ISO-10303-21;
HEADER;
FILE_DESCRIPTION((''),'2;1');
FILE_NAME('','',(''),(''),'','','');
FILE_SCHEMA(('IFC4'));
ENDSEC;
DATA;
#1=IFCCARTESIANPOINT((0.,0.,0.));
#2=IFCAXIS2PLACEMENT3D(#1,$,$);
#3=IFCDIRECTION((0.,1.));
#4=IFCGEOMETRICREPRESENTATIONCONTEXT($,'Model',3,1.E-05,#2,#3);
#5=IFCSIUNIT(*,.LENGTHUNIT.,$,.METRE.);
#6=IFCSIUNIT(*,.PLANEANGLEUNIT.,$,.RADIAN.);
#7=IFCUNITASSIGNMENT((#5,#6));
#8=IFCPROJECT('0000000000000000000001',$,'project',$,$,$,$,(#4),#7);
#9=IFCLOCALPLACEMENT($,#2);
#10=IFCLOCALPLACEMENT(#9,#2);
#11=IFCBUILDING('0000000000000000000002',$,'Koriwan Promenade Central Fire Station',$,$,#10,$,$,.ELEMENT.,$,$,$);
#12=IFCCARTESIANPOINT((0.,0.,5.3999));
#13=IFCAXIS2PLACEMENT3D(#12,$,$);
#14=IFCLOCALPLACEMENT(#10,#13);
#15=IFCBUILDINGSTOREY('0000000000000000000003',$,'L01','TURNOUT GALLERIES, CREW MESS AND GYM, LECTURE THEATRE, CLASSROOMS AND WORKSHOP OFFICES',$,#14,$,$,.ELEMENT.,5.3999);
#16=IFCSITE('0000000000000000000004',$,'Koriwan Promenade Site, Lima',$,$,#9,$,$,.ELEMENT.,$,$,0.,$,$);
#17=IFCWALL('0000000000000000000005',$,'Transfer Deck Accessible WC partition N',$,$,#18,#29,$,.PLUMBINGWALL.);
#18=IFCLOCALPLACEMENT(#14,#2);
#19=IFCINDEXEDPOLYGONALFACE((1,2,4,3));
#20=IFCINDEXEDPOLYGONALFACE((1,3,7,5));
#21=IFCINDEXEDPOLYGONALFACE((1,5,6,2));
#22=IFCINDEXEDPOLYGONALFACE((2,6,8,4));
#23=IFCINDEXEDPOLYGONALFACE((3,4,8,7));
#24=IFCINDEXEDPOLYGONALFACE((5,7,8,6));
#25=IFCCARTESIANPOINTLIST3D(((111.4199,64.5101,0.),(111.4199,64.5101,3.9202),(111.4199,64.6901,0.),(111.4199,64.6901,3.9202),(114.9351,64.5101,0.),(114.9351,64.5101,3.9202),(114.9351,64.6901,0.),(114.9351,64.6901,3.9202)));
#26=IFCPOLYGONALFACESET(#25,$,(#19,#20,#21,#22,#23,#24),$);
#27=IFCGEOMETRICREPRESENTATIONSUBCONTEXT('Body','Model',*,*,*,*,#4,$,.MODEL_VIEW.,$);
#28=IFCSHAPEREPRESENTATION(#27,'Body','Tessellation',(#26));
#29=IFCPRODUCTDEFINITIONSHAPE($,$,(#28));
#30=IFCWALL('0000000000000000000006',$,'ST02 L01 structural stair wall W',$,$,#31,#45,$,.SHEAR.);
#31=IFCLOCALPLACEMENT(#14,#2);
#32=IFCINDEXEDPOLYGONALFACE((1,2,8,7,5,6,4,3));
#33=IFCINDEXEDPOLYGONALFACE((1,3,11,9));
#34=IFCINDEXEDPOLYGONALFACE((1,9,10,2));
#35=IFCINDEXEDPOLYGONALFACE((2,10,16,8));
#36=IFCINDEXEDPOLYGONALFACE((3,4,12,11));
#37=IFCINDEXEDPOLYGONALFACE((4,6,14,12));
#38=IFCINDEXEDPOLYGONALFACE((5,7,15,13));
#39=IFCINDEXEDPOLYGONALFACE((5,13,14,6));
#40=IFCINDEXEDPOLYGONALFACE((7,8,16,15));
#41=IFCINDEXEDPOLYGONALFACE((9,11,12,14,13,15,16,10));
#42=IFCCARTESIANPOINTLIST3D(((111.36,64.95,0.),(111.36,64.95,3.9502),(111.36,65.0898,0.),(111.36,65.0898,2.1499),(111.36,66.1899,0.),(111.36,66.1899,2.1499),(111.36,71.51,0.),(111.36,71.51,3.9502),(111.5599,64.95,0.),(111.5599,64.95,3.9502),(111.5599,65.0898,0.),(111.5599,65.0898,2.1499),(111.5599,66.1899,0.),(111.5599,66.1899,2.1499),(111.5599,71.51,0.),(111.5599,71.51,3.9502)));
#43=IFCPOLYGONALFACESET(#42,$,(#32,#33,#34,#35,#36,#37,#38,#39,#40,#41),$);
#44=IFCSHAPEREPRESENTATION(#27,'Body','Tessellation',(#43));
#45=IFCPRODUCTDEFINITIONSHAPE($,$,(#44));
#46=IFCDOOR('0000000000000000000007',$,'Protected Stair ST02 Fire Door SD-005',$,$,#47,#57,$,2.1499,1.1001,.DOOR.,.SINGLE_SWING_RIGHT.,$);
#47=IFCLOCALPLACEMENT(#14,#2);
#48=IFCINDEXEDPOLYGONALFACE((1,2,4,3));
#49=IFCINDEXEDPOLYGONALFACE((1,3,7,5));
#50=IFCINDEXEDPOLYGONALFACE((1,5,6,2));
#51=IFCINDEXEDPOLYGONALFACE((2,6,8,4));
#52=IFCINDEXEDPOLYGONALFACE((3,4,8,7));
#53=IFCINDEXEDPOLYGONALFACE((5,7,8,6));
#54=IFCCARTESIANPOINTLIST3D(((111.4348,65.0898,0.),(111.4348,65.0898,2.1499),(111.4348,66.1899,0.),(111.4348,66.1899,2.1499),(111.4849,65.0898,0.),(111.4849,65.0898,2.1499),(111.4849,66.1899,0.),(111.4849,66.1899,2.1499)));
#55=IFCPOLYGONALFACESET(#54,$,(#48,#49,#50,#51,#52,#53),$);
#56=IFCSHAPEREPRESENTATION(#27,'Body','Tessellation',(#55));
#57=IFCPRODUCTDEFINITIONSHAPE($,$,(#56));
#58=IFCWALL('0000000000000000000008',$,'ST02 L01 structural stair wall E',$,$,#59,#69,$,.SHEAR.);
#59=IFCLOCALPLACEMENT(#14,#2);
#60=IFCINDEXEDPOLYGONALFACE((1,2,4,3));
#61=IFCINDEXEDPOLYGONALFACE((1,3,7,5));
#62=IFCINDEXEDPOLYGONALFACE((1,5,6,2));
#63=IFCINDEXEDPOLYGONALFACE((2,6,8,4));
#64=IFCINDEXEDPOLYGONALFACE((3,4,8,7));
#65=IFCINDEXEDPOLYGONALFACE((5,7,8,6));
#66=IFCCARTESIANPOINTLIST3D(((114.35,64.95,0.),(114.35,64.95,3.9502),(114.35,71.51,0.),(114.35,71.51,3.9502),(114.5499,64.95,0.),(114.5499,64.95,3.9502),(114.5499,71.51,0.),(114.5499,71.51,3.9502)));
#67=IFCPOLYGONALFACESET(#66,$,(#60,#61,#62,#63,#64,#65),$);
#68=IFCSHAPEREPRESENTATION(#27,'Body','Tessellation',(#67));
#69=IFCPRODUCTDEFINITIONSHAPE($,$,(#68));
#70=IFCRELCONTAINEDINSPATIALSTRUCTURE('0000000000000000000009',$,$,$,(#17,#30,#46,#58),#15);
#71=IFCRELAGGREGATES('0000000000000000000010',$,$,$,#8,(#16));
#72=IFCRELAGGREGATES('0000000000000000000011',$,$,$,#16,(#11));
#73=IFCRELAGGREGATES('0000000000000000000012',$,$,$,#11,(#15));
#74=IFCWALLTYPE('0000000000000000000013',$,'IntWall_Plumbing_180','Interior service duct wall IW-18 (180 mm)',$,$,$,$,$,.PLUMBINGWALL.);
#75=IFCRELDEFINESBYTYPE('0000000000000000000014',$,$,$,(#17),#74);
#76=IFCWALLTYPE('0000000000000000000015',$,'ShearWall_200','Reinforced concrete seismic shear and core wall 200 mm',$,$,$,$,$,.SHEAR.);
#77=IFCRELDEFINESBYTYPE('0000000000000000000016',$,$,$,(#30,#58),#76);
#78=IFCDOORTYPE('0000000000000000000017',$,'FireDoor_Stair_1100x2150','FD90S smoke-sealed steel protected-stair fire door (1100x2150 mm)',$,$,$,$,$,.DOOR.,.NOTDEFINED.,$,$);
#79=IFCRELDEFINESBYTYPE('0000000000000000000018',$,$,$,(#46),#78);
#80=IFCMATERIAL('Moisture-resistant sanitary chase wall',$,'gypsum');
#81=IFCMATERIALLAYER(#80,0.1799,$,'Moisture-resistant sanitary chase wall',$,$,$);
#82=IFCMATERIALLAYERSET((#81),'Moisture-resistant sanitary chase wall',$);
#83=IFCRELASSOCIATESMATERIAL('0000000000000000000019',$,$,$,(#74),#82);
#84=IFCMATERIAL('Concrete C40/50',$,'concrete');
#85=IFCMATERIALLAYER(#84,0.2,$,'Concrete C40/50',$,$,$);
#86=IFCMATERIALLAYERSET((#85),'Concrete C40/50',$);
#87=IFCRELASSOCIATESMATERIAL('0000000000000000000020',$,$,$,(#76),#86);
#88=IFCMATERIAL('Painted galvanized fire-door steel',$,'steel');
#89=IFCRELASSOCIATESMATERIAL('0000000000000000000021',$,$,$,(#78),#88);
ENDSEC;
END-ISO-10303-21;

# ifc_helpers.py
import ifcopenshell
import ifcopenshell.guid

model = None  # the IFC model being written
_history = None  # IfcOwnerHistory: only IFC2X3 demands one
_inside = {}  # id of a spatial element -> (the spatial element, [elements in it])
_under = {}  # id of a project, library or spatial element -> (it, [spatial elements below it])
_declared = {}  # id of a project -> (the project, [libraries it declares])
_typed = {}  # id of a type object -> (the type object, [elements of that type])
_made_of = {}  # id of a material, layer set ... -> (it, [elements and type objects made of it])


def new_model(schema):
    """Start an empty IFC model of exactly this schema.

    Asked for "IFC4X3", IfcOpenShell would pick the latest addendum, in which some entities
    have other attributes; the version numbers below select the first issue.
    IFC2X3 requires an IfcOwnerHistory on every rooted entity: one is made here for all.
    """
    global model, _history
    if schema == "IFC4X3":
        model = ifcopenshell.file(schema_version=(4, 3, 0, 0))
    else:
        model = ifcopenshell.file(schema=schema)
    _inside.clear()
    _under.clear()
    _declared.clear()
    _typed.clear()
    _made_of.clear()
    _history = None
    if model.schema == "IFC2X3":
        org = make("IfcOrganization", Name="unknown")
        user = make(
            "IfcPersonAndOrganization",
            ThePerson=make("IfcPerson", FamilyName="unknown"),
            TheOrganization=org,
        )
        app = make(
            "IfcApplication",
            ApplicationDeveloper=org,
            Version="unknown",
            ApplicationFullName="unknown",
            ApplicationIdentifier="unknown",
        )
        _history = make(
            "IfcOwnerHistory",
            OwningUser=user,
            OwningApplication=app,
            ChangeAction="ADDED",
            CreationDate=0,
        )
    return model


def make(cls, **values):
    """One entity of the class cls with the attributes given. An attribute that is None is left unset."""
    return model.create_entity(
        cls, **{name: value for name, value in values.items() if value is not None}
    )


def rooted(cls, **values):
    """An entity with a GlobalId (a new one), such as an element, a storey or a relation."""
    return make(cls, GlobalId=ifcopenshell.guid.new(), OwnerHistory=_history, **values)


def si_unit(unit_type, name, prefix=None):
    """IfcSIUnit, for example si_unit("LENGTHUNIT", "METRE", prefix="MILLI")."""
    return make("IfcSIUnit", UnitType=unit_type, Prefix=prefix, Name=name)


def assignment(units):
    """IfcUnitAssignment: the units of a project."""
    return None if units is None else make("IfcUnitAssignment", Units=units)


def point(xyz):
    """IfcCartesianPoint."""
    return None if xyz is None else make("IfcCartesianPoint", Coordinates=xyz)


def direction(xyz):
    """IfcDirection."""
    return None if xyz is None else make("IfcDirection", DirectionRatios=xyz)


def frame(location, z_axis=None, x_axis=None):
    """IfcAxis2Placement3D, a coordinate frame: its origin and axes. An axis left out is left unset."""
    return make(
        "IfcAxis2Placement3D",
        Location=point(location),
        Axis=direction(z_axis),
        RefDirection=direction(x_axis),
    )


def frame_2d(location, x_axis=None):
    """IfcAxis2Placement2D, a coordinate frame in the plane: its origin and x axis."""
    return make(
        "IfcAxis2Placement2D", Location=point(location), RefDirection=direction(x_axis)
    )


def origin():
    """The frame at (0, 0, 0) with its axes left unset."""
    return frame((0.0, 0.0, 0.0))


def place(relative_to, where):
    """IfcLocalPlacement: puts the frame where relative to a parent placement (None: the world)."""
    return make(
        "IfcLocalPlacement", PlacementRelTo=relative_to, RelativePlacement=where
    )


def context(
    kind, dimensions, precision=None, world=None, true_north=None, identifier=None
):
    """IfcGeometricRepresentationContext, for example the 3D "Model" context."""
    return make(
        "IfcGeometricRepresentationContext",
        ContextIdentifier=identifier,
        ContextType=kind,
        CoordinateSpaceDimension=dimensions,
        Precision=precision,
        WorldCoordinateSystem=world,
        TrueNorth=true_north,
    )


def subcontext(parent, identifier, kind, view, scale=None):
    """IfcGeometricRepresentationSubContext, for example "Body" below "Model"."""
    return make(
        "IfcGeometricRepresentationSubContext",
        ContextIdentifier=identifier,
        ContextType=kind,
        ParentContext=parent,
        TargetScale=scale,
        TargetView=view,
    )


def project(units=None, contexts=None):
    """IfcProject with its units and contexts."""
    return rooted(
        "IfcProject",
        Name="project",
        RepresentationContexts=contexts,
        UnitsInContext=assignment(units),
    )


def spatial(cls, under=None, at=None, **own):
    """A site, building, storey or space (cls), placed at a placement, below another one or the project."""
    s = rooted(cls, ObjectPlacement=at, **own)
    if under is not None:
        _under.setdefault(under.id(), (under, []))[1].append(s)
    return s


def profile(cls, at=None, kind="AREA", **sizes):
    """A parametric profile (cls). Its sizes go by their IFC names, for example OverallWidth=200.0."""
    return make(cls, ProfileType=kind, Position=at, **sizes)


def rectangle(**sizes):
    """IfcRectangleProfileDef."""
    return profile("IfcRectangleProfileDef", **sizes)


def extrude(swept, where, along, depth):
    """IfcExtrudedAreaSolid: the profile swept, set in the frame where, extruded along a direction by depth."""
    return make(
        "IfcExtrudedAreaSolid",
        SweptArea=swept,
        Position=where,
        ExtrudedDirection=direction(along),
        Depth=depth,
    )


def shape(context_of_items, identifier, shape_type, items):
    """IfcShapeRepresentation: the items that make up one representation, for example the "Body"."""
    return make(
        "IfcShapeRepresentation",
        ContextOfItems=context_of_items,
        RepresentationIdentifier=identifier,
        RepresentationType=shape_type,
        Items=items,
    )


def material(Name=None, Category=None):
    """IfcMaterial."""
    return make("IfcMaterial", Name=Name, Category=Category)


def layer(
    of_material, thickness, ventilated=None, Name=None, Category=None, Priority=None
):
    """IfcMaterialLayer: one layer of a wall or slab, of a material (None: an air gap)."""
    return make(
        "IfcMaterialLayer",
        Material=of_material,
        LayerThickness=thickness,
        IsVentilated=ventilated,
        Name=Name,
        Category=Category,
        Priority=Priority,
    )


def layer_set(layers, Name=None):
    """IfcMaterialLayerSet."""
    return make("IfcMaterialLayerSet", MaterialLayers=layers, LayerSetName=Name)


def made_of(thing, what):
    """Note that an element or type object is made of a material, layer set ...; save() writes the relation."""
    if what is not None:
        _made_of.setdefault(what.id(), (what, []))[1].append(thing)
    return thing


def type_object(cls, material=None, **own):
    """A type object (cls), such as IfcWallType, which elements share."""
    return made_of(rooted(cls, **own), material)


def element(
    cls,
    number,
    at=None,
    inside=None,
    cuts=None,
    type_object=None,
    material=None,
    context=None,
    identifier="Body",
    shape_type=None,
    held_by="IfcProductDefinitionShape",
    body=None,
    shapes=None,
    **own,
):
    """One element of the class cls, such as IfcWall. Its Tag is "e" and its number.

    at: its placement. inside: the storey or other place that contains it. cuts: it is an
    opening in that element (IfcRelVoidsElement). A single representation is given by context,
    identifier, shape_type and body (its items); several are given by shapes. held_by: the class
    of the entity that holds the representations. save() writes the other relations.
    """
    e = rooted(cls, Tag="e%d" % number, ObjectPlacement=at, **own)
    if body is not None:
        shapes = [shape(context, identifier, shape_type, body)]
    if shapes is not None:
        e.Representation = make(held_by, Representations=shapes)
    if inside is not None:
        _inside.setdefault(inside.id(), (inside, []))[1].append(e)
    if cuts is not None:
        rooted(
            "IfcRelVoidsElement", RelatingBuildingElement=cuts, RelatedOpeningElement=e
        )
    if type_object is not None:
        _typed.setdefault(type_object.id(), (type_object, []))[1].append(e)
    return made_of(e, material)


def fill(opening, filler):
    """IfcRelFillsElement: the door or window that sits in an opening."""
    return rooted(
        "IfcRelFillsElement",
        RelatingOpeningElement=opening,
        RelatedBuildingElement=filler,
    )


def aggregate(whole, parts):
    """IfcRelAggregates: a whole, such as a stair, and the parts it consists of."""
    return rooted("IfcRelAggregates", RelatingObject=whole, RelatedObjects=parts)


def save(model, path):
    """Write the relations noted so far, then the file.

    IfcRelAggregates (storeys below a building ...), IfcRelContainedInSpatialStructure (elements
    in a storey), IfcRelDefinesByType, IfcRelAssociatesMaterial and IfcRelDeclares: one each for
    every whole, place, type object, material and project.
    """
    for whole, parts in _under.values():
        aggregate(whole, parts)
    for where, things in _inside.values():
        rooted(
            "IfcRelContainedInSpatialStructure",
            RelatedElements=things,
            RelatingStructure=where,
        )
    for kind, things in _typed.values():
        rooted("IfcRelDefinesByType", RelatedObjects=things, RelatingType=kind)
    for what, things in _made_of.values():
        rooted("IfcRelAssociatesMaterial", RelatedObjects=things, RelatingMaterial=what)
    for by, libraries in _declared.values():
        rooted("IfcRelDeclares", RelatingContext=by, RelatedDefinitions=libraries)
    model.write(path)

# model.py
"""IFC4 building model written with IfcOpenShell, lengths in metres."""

from ifc_helpers import new_model, si_unit, direction, frame, frame_2d, origin, place, context, subcontext, project, spatial, rectangle, extrude, material, layer, layer_set, type_object, element, fill, save


model = new_model("IFC4")

# Units and contexts
model_context = context("Model", 3, precision=1e-05, world=origin(), true_north=direction((0.0, 1.0)))
body_context = subcontext(model_context, "Body", "Model", "MODEL_VIEW")
ifc_project = project(units=[si_unit("LENGTHUNIT", "METRE"), si_unit("PLANEANGLEUNIT", "RADIAN")], contexts=[model_context])

# Site, building, storey
site_placement = place(None, origin())
site = spatial("IfcSite", under=ifc_project, at=site_placement, Name="Koriwan Promenade Site, Lima", CompositionType="ELEMENT", RefElevation=0.0)
building_placement = place(site_placement, origin())
building = spatial("IfcBuilding", under=site, at=building_placement, Name="Koriwan Promenade Central Fire Station", CompositionType="ELEMENT")
storey_placement = place(building_placement, frame((0.0, 0.0, 5.3999)))
storey = spatial("IfcBuildingStorey", under=building, at=storey_placement, Name="L01", Description="TURNOUT GALLERIES, CREW MESS AND GYM, LECTURE THEATRE, CLASSROOMS AND WORKSHOP OFFICES", CompositionType="ELEMENT", Elevation=5.3999)

# Shared definitions
ifc_material_1 = material(Name="Concrete C40/50", Category="concrete")

# Wall
ifc_material_2 = material(Name="Moisture-resistant sanitary chase wall", Category="gypsum")
ifc_layer_1 = layer(ifc_material_2, 0.1799, Name="Moisture-resistant sanitary chase wall")
ifc_layer_set_1 = layer_set([ifc_layer_1], Name="Moisture-resistant sanitary chase wall")
wall_type_1 = type_object("IfcWallType", Name="IntWall_Plumbing_180", Description="Interior service duct wall IW-18 (180 mm)", PredefinedType="PLUMBINGWALL", material=ifc_layer_set_1)
wall_1_placement = place(storey_placement, frame((111.4199, 64.6001, 0.0), z_axis=(0.0, 0.0, 1.0), x_axis=(1.0, 0.0, 0.0)))
element("IfcWall", 1, at=wall_1_placement, inside=storey, type_object=wall_type_1, Name="Transfer Deck Accessible WC partition N", PredefinedType="PLUMBINGWALL", context=body_context, shape_type="SweptSolid", body=[
    extrude(rectangle(XDim=3.5151, YDim=0.1799, at=frame_2d((1.7576, 0.0))), origin(), (0.0, 0.0, 1.0), 3.9202),
])

# Wall, opening, door
ifc_layer_2 = layer(ifc_material_1, 0.2, Name="Concrete C40/50")
ifc_layer_set_2 = layer_set([ifc_layer_2], Name="Concrete C40/50")
wall_type_2 = type_object("IfcWallType", Name="ShearWall_200", Description="Reinforced concrete seismic shear and core wall 200 mm", PredefinedType="SHEAR", material=ifc_layer_set_2)
wall_2_placement = place(storey_placement, frame((111.46, 64.95, 0.0), z_axis=(0.0, 0.0, 1.0), x_axis=(0.0, 1.0, 0.0)))
wall_2 = element("IfcWall", 2, at=wall_2_placement, inside=storey, type_object=wall_type_2, Name="ST02 L01 structural stair wall W", PredefinedType="SHEAR", context=body_context, shape_type="SweptSolid", body=[
    extrude(rectangle(XDim=6.5601, YDim=0.2, at=frame_2d((3.28, 0.0))), origin(), (0.0, 0.0, 1.0), 3.9502),
])
opening_1_placement = place(wall_2_placement, frame((0.1399, 0.0, 0.0)))
opening_1 = element("IfcOpeningElement", 3, at=opening_1_placement, cuts=wall_2, PredefinedType="OPENING", context=body_context, shape_type="SweptSolid", body=[
    extrude(rectangle(XDim=1.1001, YDim=2.1499, at=frame_2d((0.55, 1.075))), frame((0.0, 0.1118, 0.0), z_axis=(0.0, -1.0, 0.0), x_axis=(1.0, 0.0, 0.0)), (0.0, 0.0, 1.0), 0.2239),
])
ifc_material_3 = material(Name="Painted galvanized fire-door steel", Category="steel")
door_type = type_object("IfcDoorType", Name="FireDoor_Stair_1100x2150", Description="FD90S smoke-sealed steel protected-stair fire door (1100x2150 mm)", OperationType="NOTDEFINED", PredefinedType="DOOR", material=ifc_material_3)
door_placement = place(opening_1_placement, frame((1.1001, 0.0, 0.0), z_axis=(0.0, 0.0, 1.0), x_axis=(-1.0, 0.0, 0.0)))
door = element("IfcDoor", 4, at=door_placement, inside=storey, type_object=door_type, Name="Protected Stair ST02 Fire Door SD-005", OperationType="SINGLE_SWING_RIGHT", OverallHeight=2.1499, OverallWidth=1.1001, PredefinedType="DOOR", context=body_context, shape_type="SweptSolid", body=[
    extrude(rectangle(XDim=1.1001, YDim=2.1499, at=frame_2d((0.55, 1.075))), frame((0.0, 0.0249, 0.0), z_axis=(0.0, -1.0, 0.0), x_axis=(1.0, 0.0, 0.0)), (0.0, 0.0, 1.0), 0.05),
])
fill(opening_1, door)

# Wall
wall_3_placement = place(storey_placement, frame((114.45, 64.95, 0.0), z_axis=(0.0, 0.0, 1.0), x_axis=(0.0, 1.0, 0.0)))
element("IfcWall", 5, at=wall_3_placement, inside=storey, type_object=wall_type_2, Name="ST02 L01 structural stair wall E", PredefinedType="SHEAR", context=body_context, shape_type="SweptSolid", body=[
    extrude(rectangle(XDim=6.5601, YDim=0.2, at=frame_2d((3.28, 0.0))), origin(), (0.0, 0.0, 1.0), 3.9502),
])

save(model, "model.ifc")
